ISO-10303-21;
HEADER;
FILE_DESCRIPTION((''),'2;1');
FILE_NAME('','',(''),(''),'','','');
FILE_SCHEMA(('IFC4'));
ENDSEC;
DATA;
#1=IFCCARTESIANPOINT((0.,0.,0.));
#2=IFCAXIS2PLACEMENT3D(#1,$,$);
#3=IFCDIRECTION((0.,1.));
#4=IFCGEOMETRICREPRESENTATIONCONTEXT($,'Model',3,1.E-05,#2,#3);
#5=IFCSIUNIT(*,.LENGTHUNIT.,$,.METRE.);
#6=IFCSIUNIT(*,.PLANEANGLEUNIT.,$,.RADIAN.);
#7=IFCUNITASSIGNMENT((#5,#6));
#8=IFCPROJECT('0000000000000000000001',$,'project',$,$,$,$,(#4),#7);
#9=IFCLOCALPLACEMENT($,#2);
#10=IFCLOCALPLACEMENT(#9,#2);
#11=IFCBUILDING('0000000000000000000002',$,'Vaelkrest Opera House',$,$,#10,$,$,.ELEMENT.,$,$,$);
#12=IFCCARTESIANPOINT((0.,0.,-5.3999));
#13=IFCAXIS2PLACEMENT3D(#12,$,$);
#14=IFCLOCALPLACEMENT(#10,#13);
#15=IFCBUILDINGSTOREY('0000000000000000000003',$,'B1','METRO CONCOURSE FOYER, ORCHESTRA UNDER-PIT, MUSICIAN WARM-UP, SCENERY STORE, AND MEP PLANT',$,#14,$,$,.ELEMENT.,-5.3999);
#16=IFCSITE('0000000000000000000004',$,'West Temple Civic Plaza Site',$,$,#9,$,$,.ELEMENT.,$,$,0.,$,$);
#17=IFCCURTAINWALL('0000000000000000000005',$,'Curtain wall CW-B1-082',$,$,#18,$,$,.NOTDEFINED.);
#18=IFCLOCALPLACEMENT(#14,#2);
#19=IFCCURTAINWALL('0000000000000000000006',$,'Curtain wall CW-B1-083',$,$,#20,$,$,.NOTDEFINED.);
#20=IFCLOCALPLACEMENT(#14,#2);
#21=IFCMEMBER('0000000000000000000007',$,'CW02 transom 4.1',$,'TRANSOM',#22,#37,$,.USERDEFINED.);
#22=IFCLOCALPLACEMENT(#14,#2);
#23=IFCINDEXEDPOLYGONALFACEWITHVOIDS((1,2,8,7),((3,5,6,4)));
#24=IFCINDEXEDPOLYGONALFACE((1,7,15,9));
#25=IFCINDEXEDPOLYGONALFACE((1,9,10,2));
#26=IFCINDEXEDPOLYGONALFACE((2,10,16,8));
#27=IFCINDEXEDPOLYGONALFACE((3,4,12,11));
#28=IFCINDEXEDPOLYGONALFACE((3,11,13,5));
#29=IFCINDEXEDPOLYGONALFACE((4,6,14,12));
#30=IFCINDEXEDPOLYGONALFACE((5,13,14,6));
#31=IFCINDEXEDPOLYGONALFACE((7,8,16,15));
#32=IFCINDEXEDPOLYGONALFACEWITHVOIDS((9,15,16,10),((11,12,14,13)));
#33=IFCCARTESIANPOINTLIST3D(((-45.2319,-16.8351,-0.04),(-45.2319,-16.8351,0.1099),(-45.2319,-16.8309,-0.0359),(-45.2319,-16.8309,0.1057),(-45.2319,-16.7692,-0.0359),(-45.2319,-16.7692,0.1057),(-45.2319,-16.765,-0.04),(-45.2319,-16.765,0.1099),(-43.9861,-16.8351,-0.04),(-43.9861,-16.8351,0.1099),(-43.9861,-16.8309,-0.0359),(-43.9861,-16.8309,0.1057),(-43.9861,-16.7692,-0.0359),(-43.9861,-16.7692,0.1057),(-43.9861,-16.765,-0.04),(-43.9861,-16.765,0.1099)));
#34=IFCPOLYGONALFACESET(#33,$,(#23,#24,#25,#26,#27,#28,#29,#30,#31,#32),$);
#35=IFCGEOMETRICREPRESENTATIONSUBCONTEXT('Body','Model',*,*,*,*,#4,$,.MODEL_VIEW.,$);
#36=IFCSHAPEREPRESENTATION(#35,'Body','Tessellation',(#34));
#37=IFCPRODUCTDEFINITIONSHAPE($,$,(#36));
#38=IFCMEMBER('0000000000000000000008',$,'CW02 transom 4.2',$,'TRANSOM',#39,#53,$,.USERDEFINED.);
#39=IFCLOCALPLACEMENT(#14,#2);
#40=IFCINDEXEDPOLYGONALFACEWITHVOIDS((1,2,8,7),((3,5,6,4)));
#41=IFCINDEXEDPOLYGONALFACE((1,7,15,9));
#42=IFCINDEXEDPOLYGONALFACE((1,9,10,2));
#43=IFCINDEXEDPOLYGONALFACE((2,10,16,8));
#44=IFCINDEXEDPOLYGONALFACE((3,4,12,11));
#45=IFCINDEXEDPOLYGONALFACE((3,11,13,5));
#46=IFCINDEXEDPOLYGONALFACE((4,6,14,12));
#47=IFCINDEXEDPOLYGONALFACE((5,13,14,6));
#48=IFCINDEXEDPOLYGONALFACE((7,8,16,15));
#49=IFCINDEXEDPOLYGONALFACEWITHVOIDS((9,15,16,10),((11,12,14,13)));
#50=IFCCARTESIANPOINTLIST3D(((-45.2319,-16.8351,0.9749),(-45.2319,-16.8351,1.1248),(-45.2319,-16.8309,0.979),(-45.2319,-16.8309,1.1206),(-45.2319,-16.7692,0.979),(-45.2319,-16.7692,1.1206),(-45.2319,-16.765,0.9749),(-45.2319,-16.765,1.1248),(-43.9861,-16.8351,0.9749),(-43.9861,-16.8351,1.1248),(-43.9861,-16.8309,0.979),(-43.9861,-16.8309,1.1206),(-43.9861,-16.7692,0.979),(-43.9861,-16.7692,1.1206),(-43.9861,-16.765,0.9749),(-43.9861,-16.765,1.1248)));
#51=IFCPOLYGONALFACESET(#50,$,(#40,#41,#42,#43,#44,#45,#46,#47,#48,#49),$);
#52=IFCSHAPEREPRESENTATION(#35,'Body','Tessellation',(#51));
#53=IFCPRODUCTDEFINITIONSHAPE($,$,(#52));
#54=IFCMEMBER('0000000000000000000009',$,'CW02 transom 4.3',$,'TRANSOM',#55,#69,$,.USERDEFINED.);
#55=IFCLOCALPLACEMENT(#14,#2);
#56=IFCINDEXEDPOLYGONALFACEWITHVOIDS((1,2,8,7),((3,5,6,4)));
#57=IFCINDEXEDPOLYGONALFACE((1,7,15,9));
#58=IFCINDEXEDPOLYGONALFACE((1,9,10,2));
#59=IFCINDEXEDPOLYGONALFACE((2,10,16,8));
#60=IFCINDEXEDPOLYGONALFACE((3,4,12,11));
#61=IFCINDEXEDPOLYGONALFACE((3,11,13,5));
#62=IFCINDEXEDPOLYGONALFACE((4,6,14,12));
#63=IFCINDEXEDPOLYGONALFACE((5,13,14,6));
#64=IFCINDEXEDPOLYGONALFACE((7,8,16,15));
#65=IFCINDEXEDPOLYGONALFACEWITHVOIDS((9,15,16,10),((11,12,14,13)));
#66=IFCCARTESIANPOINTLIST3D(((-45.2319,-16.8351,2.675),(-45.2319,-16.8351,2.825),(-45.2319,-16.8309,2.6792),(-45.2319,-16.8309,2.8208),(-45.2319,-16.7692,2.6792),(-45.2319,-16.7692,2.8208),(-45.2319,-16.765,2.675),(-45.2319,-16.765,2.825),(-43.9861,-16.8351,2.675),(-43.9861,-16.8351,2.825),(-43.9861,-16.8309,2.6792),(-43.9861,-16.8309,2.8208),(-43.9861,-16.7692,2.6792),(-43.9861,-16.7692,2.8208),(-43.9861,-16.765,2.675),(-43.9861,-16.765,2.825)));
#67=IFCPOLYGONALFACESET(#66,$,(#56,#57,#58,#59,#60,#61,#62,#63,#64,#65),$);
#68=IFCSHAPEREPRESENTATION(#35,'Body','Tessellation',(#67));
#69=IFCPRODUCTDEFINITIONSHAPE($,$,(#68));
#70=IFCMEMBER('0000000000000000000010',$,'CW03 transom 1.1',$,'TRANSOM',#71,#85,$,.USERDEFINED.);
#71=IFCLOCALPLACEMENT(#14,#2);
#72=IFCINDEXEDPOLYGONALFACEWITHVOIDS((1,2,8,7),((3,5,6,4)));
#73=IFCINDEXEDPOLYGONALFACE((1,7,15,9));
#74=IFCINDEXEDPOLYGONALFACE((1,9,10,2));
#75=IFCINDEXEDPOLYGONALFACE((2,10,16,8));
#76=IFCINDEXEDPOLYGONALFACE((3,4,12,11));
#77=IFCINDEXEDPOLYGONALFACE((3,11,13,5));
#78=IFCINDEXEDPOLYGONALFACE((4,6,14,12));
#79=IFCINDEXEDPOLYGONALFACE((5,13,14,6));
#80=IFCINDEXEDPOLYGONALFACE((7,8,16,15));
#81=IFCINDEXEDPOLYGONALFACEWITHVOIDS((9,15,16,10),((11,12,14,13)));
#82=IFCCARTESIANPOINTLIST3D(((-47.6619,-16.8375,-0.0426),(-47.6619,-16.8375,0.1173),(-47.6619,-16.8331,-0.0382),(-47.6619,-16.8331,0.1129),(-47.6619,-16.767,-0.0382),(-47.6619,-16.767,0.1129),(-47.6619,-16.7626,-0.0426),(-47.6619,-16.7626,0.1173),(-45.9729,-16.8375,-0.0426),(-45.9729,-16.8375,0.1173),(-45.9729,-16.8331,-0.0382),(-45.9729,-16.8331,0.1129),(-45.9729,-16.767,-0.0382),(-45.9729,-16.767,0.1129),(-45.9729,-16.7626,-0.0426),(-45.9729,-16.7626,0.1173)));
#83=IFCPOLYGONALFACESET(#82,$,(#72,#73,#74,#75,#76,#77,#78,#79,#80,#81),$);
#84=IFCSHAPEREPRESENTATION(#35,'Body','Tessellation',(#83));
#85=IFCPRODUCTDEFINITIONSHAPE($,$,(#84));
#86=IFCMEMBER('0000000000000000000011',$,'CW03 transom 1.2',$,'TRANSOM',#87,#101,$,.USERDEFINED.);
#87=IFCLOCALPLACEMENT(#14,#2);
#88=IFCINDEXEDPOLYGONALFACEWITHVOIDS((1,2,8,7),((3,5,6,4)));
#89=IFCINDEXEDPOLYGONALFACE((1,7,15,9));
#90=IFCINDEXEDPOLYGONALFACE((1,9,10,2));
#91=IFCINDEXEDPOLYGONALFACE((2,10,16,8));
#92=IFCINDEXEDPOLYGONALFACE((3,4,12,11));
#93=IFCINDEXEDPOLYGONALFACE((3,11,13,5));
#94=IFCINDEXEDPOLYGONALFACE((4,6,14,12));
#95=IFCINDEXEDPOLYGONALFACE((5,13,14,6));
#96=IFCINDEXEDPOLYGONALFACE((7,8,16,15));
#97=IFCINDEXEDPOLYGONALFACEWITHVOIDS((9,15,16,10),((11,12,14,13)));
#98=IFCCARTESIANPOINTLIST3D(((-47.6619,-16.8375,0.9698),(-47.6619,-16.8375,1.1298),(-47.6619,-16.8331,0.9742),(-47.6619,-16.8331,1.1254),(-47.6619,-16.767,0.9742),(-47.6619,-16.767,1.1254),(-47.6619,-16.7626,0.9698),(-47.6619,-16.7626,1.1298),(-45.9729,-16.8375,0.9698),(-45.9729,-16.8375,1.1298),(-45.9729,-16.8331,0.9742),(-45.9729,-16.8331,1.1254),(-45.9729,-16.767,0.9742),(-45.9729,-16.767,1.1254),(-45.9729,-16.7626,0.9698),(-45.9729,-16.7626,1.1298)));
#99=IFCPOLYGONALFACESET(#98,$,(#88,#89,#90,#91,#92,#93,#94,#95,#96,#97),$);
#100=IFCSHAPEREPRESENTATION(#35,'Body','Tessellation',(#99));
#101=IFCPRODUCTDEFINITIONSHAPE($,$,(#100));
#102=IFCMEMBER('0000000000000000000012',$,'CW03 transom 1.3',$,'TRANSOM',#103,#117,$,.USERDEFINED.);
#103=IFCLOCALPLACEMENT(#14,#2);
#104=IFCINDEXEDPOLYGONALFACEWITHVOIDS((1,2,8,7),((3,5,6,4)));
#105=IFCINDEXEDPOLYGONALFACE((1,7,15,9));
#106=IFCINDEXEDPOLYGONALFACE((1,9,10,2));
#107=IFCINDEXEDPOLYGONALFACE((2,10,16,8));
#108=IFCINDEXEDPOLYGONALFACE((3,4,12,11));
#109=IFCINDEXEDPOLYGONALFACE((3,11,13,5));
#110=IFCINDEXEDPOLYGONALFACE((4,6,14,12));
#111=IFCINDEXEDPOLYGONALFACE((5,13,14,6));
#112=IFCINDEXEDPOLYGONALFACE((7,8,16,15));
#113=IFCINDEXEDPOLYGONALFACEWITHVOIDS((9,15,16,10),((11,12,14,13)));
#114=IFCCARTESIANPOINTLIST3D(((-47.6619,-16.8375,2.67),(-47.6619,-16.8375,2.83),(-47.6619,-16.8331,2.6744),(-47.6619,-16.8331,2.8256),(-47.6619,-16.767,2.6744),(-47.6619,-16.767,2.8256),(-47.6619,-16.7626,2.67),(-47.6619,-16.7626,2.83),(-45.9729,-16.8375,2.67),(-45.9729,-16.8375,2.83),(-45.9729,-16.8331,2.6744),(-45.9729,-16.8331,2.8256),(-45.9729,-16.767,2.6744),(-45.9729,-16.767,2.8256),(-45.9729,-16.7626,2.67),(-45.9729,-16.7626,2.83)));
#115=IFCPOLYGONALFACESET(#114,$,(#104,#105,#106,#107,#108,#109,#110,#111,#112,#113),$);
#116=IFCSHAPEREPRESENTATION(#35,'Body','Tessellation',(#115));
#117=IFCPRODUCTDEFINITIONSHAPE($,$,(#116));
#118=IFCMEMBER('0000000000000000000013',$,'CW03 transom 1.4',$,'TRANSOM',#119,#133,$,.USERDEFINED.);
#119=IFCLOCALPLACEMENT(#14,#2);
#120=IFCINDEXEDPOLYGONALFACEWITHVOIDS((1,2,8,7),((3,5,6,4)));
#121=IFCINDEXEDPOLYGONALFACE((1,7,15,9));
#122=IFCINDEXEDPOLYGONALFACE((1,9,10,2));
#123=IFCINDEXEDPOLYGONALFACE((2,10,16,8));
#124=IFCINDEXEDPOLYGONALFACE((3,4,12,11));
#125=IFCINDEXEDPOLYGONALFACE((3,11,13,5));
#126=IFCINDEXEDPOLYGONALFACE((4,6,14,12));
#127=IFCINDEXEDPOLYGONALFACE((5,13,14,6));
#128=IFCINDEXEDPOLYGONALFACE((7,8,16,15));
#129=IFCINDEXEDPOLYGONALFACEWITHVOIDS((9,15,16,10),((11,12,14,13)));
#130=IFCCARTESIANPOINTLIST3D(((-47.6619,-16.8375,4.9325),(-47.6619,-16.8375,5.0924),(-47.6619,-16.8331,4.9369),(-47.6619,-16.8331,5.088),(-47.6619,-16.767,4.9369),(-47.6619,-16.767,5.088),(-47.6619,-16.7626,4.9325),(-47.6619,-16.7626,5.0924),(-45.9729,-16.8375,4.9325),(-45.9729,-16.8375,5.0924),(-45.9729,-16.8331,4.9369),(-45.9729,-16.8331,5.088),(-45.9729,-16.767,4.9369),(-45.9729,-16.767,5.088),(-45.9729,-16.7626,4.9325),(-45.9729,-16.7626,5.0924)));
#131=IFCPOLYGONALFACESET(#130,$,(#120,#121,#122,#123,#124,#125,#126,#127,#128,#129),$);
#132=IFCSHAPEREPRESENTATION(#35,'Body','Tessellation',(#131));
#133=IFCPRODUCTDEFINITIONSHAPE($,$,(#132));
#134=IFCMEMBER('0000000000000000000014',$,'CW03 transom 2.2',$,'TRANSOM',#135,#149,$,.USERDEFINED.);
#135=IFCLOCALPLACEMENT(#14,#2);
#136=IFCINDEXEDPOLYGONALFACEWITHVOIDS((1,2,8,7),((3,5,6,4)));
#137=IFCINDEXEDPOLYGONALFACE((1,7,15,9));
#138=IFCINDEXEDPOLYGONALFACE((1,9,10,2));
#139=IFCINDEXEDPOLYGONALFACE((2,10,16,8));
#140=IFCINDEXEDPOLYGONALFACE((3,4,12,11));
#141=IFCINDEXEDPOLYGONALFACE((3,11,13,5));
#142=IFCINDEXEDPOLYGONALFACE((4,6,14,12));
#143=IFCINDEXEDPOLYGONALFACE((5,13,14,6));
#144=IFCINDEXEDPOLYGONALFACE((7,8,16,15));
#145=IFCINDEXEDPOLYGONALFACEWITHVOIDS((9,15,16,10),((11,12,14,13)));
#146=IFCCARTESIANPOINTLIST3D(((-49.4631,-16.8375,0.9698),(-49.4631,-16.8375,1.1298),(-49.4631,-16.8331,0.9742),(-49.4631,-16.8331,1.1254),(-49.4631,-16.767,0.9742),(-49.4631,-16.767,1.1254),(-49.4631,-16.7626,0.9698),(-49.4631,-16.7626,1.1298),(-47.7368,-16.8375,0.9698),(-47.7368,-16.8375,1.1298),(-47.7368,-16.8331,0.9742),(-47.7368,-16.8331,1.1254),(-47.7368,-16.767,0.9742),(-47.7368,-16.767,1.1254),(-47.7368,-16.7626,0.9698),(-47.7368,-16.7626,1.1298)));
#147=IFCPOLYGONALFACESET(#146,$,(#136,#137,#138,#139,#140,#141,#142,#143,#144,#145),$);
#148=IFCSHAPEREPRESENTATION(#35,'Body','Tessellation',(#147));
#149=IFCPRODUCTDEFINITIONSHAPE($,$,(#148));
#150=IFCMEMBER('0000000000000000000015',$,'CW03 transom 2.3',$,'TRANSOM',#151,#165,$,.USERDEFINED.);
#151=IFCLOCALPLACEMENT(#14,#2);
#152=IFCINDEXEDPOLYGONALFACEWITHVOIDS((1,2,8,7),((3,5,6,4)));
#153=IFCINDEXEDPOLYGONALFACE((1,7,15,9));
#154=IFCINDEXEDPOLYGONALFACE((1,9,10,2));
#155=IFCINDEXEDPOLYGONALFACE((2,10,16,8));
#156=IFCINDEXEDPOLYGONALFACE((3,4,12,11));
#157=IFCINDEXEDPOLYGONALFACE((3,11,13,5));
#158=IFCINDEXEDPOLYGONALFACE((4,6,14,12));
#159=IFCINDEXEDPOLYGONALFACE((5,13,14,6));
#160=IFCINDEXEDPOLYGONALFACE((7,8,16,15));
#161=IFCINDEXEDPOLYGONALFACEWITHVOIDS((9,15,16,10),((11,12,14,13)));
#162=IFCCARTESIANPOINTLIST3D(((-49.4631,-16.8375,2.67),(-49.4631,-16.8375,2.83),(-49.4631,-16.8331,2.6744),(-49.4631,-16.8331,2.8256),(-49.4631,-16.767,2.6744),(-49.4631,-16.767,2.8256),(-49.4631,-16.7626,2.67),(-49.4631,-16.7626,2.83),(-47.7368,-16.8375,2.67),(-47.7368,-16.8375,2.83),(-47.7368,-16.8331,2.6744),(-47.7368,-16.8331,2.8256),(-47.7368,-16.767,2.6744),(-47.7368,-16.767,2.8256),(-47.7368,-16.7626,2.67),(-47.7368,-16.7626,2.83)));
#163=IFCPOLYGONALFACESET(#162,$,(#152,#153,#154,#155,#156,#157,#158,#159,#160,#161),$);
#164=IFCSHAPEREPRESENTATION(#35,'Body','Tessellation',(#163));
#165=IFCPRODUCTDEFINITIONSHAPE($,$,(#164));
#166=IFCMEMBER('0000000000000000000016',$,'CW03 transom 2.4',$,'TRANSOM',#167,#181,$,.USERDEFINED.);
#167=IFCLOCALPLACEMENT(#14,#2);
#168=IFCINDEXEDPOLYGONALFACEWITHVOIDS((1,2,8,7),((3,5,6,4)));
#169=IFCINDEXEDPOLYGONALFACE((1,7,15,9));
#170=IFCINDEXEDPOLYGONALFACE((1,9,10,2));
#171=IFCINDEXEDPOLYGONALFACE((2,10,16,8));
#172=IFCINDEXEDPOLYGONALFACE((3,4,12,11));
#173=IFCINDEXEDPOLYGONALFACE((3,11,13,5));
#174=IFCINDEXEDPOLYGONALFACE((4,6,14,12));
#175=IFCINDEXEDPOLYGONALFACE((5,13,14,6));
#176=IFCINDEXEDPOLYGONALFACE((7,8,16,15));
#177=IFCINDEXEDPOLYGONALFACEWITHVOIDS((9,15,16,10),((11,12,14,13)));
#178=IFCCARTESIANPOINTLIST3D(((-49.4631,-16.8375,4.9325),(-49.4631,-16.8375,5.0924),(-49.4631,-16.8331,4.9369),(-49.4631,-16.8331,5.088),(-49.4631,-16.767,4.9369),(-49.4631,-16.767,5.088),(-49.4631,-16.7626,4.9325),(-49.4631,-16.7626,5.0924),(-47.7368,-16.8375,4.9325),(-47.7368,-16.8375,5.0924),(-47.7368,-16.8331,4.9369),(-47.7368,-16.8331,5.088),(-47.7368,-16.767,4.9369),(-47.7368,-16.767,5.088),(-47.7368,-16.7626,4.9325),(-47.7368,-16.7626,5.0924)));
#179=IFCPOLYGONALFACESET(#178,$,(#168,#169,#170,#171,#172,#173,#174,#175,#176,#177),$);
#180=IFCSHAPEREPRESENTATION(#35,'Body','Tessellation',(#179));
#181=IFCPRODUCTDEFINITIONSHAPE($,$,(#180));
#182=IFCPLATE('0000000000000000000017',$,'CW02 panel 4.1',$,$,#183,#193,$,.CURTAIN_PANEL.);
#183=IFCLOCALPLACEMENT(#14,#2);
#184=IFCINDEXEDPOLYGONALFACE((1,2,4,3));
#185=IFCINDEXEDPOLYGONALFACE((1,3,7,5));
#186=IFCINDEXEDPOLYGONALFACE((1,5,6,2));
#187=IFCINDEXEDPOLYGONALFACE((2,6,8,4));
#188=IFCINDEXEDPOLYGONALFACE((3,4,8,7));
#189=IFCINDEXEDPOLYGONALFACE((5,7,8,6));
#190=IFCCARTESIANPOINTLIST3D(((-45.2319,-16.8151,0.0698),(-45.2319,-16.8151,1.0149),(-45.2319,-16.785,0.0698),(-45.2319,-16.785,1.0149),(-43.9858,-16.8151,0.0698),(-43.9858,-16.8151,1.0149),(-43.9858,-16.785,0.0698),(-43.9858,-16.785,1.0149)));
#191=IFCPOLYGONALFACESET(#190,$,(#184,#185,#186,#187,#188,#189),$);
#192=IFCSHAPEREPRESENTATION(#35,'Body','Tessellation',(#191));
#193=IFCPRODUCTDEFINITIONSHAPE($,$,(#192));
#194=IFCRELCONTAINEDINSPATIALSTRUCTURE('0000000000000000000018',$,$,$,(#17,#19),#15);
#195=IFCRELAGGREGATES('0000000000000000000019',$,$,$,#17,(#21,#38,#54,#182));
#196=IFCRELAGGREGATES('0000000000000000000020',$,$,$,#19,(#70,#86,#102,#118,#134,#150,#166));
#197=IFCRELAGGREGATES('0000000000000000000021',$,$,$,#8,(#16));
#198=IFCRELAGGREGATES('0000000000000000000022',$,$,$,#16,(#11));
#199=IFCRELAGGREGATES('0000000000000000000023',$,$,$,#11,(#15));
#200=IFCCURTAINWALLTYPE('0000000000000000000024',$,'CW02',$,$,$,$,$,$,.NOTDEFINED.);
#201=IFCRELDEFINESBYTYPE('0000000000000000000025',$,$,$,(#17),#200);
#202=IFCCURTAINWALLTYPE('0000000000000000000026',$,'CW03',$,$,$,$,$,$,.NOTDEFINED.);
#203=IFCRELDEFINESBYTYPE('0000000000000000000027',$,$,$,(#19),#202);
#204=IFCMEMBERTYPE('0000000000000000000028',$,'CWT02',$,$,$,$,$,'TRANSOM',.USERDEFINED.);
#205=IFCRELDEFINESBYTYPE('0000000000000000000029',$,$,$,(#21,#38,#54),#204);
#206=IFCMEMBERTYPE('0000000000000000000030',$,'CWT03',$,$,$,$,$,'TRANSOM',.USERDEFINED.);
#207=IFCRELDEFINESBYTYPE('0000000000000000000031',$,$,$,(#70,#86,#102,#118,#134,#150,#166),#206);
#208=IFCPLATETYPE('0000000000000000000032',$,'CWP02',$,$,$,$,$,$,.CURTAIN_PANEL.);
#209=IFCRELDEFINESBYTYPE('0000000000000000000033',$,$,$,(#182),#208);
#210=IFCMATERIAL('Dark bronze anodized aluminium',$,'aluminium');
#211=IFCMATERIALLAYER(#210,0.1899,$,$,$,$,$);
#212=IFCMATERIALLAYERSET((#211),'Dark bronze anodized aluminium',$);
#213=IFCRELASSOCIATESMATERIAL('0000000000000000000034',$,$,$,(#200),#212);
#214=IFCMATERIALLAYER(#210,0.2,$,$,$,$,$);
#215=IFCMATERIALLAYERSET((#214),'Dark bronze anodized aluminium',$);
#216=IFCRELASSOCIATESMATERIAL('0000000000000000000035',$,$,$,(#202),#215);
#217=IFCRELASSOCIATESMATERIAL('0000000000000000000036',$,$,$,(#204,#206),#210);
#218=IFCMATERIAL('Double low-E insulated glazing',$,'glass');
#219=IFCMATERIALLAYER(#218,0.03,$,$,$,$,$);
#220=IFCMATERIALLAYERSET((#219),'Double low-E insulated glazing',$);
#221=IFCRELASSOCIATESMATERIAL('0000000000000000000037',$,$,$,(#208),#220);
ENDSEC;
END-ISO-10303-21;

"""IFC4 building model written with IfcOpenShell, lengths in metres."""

from ifc_helpers import new_model, si_unit, direction, frame, origin, origin_2d, place, context, subcontext, project, spatial, rectangle, hollow_rectangle, extrude, material, layer, layer_set, material_profile, profile_set, type_object, element, aggregate, save


model = new_model("IFC4")

# Units and contexts
model_context = context("Model", 3, precision=1e-05, world=origin(), true_north=direction((0.0, 1.0)))
body_context = subcontext(model_context, "Body", "Model", "MODEL_VIEW")
ifc_project = project(units=[si_unit("LENGTHUNIT", "METRE"), si_unit("PLANEANGLEUNIT", "RADIAN")], contexts=[model_context])

# Site, building, storey
site_placement = place(None, origin())
site = spatial("IfcSite", under=ifc_project, at=site_placement, Name="West Temple Civic Plaza Site", CompositionType="ELEMENT", RefElevation=0.0)
building_placement = place(site_placement, origin())
building = spatial("IfcBuilding", under=site, at=building_placement, Name="Vaelkrest Opera House", CompositionType="ELEMENT")
storey_placement = place(building_placement, frame((0.0, 0.0, -5.3999)))
storey = spatial("IfcBuildingStorey", under=building, at=storey_placement, Name="B1", Description="METRO CONCOURSE FOYER, ORCHESTRA UNDER-PIT, MUSICIAN WARM-UP, SCENERY STORE, AND MEP PLANT", CompositionType="ELEMENT", Elevation=-5.3999)

# Curtain wall
ifc_material_1 = material(Name="Dark bronze anodized aluminium", Category="aluminium")
ifc_layer_1 = layer(ifc_material_1, 0.1899)
ifc_layer_set_1 = layer_set([ifc_layer_1], Name="Dark bronze anodized aluminium")
curtain_wall_type_1 = type_object("IfcCurtainWallType", Name="CW02", PredefinedType="NOTDEFINED", material=ifc_layer_set_1)
curtain_wall_1_placement = place(storey_placement, origin())
curtain_wall_1 = element("IfcCurtainWall", 1, at=curtain_wall_1_placement, inside=storey, type_object=curtain_wall_type_1, Name="Curtain wall CW-B1-082", PredefinedType="NOTDEFINED")

# Curtain wall
ifc_layer_2 = layer(ifc_material_1, 0.2)
ifc_layer_set_2 = layer_set([ifc_layer_2], Name="Dark bronze anodized aluminium")
curtain_wall_type_2 = type_object("IfcCurtainWallType", Name="CW03", PredefinedType="NOTDEFINED", material=ifc_layer_set_2)
curtain_wall_2_placement = place(storey_placement, origin())
curtain_wall_2 = element("IfcCurtainWall", 2, at=curtain_wall_2_placement, inside=storey, type_object=curtain_wall_type_2, Name="Curtain wall CW-B1-083", PredefinedType="NOTDEFINED")

# Members
ifc_material_profile_1 = material_profile(ifc_material_1, hollow_rectangle(XDim=0.0701, YDim=0.1499, WallThickness=0.0042, at=origin_2d()), Name="CWT70X150")
ifc_profile_set_1 = profile_set([ifc_material_profile_1], Name="Dark bronze anodized aluminium")
member_type_1 = type_object("IfcMemberType", Name="CWT02", ElementType="TRANSOM", PredefinedType="USERDEFINED", material=ifc_profile_set_1)
member_1_placement = place(storey_placement, frame((-43.9861, -16.8, 0.0349), z_axis=(-1.0, 0.0, 0.0), x_axis=(0.0, -1.0, 0.0)))
member_1 = element("IfcMember", 3, at=member_1_placement, type_object=member_type_1, Name="CW02 transom 4.1", ObjectType="TRANSOM", PredefinedType="USERDEFINED", context=body_context, shape_type="SweptSolid", body=[
    extrude(hollow_rectangle(XDim=0.0701, YDim=0.1499, WallThickness=0.0042, at=origin_2d()), origin(), (0.0, 0.0, 1.0), 1.2458),
])
member_2_placement = place(storey_placement, frame((-43.9861, -16.8, 1.0498), z_axis=(-1.0, 0.0, 0.0), x_axis=(0.0, -1.0, 0.0)))
member_2 = element("IfcMember", 4, at=member_2_placement, type_object=member_type_1, Name="CW02 transom 4.2", ObjectType="TRANSOM", PredefinedType="USERDEFINED", context=body_context, shape_type="SweptSolid", body=[
    extrude(hollow_rectangle(XDim=0.0701, YDim=0.1499, WallThickness=0.0042, at=origin_2d()), origin(), (0.0, 0.0, 1.0), 1.2458),
])
member_3_placement = place(storey_placement, frame((-43.9861, -16.8, 2.75), z_axis=(-1.0, 0.0, 0.0), x_axis=(0.0, -1.0, 0.0)))
member_3 = element("IfcMember", 5, at=member_3_placement, type_object=member_type_1, Name="CW02 transom 4.3", ObjectType="TRANSOM", PredefinedType="USERDEFINED", context=body_context, shape_type="SweptSolid", body=[
    extrude(hollow_rectangle(XDim=0.0701, YDim=0.1499, WallThickness=0.0042, at=origin_2d()), origin(), (0.0, 0.0, 1.0), 1.2458),
])
ifc_material_profile_2 = material_profile(ifc_material_1, hollow_rectangle(XDim=0.075, YDim=0.1599, WallThickness=0.0044, at=origin_2d()), Name="CWT75X160")
ifc_profile_set_2 = profile_set([ifc_material_profile_2], Name="Dark bronze anodized aluminium")
member_type_2 = type_object("IfcMemberType", Name="CWT03", ElementType="TRANSOM", PredefinedType="USERDEFINED", material=ifc_profile_set_2)
member_4_placement = place(storey_placement, frame((-45.9729, -16.8, 0.0374), z_axis=(-1.0, 0.0, 0.0), x_axis=(0.0, -1.0, 0.0)))
member_4 = element("IfcMember", 6, at=member_4_placement, type_object=member_type_2, Name="CW03 transom 1.1", ObjectType="TRANSOM", PredefinedType="USERDEFINED", context=body_context, shape_type="SweptSolid", body=[
    extrude(hollow_rectangle(XDim=0.075, YDim=0.1599, WallThickness=0.0044, at=origin_2d()), origin(), (0.0, 0.0, 1.0), 1.689),
])
member_5_placement = place(storey_placement, frame((-45.9729, -16.8, 1.0498), z_axis=(-1.0, 0.0, 0.0), x_axis=(0.0, -1.0, 0.0)))
member_5 = element("IfcMember", 7, at=member_5_placement, type_object=member_type_2, Name="CW03 transom 1.2", ObjectType="TRANSOM", PredefinedType="USERDEFINED", context=body_context, shape_type="SweptSolid", body=[
    extrude(hollow_rectangle(XDim=0.075, YDim=0.1599, WallThickness=0.0044, at=origin_2d()), origin(), (0.0, 0.0, 1.0), 1.689),
])
member_6_placement = place(storey_placement, frame((-45.9729, -16.8, 2.75), z_axis=(-1.0, 0.0, 0.0), x_axis=(0.0, -1.0, 0.0)))
member_6 = element("IfcMember", 8, at=member_6_placement, type_object=member_type_2, Name="CW03 transom 1.3", ObjectType="TRANSOM", PredefinedType="USERDEFINED", context=body_context, shape_type="SweptSolid", body=[
    extrude(hollow_rectangle(XDim=0.075, YDim=0.1599, WallThickness=0.0044, at=origin_2d()), origin(), (0.0, 0.0, 1.0), 1.689),
])
member_7_placement = place(storey_placement, frame((-45.9729, -16.8, 5.0125), z_axis=(-1.0, 0.0, 0.0), x_axis=(0.0, -1.0, 0.0)))
member_7 = element("IfcMember", 9, at=member_7_placement, type_object=member_type_2, Name="CW03 transom 1.4", ObjectType="TRANSOM", PredefinedType="USERDEFINED", context=body_context, shape_type="SweptSolid", body=[
    extrude(hollow_rectangle(XDim=0.075, YDim=0.1599, WallThickness=0.0044, at=origin_2d()), origin(), (0.0, 0.0, 1.0), 1.689),
])
member_8_placement = place(storey_placement, frame((-47.7368, -16.8, 1.0498), z_axis=(-1.0, 0.0, 0.0), x_axis=(0.0, -1.0, 0.0)))
member_8 = element("IfcMember", 10, at=member_8_placement, type_object=member_type_2, Name="CW03 transom 2.2", ObjectType="TRANSOM", PredefinedType="USERDEFINED", context=body_context, shape_type="SweptSolid", body=[
    extrude(hollow_rectangle(XDim=0.075, YDim=0.1599, WallThickness=0.0044, at=origin_2d()), origin(), (0.0, 0.0, 1.0), 1.7263),
])
member_9_placement = place(storey_placement, frame((-47.7368, -16.8, 2.75), z_axis=(-1.0, 0.0, 0.0), x_axis=(0.0, -1.0, 0.0)))
member_9 = element("IfcMember", 11, at=member_9_placement, type_object=member_type_2, Name="CW03 transom 2.3", ObjectType="TRANSOM", PredefinedType="USERDEFINED", context=body_context, shape_type="SweptSolid", body=[
    extrude(hollow_rectangle(XDim=0.075, YDim=0.1599, WallThickness=0.0044, at=origin_2d()), origin(), (0.0, 0.0, 1.0), 1.7263),
])
member_10_placement = place(storey_placement, frame((-47.7368, -16.8, 5.0125), z_axis=(-1.0, 0.0, 0.0), x_axis=(0.0, -1.0, 0.0)))
member_10 = element("IfcMember", 12, at=member_10_placement, type_object=member_type_2, Name="CW03 transom 2.4", ObjectType="TRANSOM", PredefinedType="USERDEFINED", context=body_context, shape_type="SweptSolid", body=[
    extrude(hollow_rectangle(XDim=0.075, YDim=0.1599, WallThickness=0.0044, at=origin_2d()), origin(), (0.0, 0.0, 1.0), 1.7263),
])

# Plate
ifc_material_2 = material(Name="Double low-E insulated glazing", Category="glass")
ifc_layer_3 = layer(ifc_material_2, 0.03)
ifc_layer_set_3 = layer_set([ifc_layer_3], Name="Double low-E insulated glazing")
plate_type_1 = type_object("IfcPlateType", Name="CWP02", PredefinedType="CURTAIN_PANEL", material=ifc_layer_set_3)
plate_1_placement = place(storey_placement, frame((-44.6089, -16.8, 0.0698), z_axis=(0.0, 0.0, 1.0), x_axis=(-1.0, 0.0, 0.0)))
plate_1 = element("IfcPlate", 13, at=plate_1_placement, type_object=plate_type_1, Name="CW02 panel 4.1", PredefinedType="CURTAIN_PANEL", context=body_context, shape_type="SweptSolid", body=[
    extrude(rectangle(XDim=1.2461, YDim=0.03, at=origin_2d()), origin(), (0.0, 0.0, 1.0), 0.9451),
])
aggregate(curtain_wall_1, [member_1, member_2, member_3, plate_1])
aggregate(curtain_wall_2, [member_4, member_5, member_6, member_7, member_8, member_9, member_10])

save(model, "model.ifc")
